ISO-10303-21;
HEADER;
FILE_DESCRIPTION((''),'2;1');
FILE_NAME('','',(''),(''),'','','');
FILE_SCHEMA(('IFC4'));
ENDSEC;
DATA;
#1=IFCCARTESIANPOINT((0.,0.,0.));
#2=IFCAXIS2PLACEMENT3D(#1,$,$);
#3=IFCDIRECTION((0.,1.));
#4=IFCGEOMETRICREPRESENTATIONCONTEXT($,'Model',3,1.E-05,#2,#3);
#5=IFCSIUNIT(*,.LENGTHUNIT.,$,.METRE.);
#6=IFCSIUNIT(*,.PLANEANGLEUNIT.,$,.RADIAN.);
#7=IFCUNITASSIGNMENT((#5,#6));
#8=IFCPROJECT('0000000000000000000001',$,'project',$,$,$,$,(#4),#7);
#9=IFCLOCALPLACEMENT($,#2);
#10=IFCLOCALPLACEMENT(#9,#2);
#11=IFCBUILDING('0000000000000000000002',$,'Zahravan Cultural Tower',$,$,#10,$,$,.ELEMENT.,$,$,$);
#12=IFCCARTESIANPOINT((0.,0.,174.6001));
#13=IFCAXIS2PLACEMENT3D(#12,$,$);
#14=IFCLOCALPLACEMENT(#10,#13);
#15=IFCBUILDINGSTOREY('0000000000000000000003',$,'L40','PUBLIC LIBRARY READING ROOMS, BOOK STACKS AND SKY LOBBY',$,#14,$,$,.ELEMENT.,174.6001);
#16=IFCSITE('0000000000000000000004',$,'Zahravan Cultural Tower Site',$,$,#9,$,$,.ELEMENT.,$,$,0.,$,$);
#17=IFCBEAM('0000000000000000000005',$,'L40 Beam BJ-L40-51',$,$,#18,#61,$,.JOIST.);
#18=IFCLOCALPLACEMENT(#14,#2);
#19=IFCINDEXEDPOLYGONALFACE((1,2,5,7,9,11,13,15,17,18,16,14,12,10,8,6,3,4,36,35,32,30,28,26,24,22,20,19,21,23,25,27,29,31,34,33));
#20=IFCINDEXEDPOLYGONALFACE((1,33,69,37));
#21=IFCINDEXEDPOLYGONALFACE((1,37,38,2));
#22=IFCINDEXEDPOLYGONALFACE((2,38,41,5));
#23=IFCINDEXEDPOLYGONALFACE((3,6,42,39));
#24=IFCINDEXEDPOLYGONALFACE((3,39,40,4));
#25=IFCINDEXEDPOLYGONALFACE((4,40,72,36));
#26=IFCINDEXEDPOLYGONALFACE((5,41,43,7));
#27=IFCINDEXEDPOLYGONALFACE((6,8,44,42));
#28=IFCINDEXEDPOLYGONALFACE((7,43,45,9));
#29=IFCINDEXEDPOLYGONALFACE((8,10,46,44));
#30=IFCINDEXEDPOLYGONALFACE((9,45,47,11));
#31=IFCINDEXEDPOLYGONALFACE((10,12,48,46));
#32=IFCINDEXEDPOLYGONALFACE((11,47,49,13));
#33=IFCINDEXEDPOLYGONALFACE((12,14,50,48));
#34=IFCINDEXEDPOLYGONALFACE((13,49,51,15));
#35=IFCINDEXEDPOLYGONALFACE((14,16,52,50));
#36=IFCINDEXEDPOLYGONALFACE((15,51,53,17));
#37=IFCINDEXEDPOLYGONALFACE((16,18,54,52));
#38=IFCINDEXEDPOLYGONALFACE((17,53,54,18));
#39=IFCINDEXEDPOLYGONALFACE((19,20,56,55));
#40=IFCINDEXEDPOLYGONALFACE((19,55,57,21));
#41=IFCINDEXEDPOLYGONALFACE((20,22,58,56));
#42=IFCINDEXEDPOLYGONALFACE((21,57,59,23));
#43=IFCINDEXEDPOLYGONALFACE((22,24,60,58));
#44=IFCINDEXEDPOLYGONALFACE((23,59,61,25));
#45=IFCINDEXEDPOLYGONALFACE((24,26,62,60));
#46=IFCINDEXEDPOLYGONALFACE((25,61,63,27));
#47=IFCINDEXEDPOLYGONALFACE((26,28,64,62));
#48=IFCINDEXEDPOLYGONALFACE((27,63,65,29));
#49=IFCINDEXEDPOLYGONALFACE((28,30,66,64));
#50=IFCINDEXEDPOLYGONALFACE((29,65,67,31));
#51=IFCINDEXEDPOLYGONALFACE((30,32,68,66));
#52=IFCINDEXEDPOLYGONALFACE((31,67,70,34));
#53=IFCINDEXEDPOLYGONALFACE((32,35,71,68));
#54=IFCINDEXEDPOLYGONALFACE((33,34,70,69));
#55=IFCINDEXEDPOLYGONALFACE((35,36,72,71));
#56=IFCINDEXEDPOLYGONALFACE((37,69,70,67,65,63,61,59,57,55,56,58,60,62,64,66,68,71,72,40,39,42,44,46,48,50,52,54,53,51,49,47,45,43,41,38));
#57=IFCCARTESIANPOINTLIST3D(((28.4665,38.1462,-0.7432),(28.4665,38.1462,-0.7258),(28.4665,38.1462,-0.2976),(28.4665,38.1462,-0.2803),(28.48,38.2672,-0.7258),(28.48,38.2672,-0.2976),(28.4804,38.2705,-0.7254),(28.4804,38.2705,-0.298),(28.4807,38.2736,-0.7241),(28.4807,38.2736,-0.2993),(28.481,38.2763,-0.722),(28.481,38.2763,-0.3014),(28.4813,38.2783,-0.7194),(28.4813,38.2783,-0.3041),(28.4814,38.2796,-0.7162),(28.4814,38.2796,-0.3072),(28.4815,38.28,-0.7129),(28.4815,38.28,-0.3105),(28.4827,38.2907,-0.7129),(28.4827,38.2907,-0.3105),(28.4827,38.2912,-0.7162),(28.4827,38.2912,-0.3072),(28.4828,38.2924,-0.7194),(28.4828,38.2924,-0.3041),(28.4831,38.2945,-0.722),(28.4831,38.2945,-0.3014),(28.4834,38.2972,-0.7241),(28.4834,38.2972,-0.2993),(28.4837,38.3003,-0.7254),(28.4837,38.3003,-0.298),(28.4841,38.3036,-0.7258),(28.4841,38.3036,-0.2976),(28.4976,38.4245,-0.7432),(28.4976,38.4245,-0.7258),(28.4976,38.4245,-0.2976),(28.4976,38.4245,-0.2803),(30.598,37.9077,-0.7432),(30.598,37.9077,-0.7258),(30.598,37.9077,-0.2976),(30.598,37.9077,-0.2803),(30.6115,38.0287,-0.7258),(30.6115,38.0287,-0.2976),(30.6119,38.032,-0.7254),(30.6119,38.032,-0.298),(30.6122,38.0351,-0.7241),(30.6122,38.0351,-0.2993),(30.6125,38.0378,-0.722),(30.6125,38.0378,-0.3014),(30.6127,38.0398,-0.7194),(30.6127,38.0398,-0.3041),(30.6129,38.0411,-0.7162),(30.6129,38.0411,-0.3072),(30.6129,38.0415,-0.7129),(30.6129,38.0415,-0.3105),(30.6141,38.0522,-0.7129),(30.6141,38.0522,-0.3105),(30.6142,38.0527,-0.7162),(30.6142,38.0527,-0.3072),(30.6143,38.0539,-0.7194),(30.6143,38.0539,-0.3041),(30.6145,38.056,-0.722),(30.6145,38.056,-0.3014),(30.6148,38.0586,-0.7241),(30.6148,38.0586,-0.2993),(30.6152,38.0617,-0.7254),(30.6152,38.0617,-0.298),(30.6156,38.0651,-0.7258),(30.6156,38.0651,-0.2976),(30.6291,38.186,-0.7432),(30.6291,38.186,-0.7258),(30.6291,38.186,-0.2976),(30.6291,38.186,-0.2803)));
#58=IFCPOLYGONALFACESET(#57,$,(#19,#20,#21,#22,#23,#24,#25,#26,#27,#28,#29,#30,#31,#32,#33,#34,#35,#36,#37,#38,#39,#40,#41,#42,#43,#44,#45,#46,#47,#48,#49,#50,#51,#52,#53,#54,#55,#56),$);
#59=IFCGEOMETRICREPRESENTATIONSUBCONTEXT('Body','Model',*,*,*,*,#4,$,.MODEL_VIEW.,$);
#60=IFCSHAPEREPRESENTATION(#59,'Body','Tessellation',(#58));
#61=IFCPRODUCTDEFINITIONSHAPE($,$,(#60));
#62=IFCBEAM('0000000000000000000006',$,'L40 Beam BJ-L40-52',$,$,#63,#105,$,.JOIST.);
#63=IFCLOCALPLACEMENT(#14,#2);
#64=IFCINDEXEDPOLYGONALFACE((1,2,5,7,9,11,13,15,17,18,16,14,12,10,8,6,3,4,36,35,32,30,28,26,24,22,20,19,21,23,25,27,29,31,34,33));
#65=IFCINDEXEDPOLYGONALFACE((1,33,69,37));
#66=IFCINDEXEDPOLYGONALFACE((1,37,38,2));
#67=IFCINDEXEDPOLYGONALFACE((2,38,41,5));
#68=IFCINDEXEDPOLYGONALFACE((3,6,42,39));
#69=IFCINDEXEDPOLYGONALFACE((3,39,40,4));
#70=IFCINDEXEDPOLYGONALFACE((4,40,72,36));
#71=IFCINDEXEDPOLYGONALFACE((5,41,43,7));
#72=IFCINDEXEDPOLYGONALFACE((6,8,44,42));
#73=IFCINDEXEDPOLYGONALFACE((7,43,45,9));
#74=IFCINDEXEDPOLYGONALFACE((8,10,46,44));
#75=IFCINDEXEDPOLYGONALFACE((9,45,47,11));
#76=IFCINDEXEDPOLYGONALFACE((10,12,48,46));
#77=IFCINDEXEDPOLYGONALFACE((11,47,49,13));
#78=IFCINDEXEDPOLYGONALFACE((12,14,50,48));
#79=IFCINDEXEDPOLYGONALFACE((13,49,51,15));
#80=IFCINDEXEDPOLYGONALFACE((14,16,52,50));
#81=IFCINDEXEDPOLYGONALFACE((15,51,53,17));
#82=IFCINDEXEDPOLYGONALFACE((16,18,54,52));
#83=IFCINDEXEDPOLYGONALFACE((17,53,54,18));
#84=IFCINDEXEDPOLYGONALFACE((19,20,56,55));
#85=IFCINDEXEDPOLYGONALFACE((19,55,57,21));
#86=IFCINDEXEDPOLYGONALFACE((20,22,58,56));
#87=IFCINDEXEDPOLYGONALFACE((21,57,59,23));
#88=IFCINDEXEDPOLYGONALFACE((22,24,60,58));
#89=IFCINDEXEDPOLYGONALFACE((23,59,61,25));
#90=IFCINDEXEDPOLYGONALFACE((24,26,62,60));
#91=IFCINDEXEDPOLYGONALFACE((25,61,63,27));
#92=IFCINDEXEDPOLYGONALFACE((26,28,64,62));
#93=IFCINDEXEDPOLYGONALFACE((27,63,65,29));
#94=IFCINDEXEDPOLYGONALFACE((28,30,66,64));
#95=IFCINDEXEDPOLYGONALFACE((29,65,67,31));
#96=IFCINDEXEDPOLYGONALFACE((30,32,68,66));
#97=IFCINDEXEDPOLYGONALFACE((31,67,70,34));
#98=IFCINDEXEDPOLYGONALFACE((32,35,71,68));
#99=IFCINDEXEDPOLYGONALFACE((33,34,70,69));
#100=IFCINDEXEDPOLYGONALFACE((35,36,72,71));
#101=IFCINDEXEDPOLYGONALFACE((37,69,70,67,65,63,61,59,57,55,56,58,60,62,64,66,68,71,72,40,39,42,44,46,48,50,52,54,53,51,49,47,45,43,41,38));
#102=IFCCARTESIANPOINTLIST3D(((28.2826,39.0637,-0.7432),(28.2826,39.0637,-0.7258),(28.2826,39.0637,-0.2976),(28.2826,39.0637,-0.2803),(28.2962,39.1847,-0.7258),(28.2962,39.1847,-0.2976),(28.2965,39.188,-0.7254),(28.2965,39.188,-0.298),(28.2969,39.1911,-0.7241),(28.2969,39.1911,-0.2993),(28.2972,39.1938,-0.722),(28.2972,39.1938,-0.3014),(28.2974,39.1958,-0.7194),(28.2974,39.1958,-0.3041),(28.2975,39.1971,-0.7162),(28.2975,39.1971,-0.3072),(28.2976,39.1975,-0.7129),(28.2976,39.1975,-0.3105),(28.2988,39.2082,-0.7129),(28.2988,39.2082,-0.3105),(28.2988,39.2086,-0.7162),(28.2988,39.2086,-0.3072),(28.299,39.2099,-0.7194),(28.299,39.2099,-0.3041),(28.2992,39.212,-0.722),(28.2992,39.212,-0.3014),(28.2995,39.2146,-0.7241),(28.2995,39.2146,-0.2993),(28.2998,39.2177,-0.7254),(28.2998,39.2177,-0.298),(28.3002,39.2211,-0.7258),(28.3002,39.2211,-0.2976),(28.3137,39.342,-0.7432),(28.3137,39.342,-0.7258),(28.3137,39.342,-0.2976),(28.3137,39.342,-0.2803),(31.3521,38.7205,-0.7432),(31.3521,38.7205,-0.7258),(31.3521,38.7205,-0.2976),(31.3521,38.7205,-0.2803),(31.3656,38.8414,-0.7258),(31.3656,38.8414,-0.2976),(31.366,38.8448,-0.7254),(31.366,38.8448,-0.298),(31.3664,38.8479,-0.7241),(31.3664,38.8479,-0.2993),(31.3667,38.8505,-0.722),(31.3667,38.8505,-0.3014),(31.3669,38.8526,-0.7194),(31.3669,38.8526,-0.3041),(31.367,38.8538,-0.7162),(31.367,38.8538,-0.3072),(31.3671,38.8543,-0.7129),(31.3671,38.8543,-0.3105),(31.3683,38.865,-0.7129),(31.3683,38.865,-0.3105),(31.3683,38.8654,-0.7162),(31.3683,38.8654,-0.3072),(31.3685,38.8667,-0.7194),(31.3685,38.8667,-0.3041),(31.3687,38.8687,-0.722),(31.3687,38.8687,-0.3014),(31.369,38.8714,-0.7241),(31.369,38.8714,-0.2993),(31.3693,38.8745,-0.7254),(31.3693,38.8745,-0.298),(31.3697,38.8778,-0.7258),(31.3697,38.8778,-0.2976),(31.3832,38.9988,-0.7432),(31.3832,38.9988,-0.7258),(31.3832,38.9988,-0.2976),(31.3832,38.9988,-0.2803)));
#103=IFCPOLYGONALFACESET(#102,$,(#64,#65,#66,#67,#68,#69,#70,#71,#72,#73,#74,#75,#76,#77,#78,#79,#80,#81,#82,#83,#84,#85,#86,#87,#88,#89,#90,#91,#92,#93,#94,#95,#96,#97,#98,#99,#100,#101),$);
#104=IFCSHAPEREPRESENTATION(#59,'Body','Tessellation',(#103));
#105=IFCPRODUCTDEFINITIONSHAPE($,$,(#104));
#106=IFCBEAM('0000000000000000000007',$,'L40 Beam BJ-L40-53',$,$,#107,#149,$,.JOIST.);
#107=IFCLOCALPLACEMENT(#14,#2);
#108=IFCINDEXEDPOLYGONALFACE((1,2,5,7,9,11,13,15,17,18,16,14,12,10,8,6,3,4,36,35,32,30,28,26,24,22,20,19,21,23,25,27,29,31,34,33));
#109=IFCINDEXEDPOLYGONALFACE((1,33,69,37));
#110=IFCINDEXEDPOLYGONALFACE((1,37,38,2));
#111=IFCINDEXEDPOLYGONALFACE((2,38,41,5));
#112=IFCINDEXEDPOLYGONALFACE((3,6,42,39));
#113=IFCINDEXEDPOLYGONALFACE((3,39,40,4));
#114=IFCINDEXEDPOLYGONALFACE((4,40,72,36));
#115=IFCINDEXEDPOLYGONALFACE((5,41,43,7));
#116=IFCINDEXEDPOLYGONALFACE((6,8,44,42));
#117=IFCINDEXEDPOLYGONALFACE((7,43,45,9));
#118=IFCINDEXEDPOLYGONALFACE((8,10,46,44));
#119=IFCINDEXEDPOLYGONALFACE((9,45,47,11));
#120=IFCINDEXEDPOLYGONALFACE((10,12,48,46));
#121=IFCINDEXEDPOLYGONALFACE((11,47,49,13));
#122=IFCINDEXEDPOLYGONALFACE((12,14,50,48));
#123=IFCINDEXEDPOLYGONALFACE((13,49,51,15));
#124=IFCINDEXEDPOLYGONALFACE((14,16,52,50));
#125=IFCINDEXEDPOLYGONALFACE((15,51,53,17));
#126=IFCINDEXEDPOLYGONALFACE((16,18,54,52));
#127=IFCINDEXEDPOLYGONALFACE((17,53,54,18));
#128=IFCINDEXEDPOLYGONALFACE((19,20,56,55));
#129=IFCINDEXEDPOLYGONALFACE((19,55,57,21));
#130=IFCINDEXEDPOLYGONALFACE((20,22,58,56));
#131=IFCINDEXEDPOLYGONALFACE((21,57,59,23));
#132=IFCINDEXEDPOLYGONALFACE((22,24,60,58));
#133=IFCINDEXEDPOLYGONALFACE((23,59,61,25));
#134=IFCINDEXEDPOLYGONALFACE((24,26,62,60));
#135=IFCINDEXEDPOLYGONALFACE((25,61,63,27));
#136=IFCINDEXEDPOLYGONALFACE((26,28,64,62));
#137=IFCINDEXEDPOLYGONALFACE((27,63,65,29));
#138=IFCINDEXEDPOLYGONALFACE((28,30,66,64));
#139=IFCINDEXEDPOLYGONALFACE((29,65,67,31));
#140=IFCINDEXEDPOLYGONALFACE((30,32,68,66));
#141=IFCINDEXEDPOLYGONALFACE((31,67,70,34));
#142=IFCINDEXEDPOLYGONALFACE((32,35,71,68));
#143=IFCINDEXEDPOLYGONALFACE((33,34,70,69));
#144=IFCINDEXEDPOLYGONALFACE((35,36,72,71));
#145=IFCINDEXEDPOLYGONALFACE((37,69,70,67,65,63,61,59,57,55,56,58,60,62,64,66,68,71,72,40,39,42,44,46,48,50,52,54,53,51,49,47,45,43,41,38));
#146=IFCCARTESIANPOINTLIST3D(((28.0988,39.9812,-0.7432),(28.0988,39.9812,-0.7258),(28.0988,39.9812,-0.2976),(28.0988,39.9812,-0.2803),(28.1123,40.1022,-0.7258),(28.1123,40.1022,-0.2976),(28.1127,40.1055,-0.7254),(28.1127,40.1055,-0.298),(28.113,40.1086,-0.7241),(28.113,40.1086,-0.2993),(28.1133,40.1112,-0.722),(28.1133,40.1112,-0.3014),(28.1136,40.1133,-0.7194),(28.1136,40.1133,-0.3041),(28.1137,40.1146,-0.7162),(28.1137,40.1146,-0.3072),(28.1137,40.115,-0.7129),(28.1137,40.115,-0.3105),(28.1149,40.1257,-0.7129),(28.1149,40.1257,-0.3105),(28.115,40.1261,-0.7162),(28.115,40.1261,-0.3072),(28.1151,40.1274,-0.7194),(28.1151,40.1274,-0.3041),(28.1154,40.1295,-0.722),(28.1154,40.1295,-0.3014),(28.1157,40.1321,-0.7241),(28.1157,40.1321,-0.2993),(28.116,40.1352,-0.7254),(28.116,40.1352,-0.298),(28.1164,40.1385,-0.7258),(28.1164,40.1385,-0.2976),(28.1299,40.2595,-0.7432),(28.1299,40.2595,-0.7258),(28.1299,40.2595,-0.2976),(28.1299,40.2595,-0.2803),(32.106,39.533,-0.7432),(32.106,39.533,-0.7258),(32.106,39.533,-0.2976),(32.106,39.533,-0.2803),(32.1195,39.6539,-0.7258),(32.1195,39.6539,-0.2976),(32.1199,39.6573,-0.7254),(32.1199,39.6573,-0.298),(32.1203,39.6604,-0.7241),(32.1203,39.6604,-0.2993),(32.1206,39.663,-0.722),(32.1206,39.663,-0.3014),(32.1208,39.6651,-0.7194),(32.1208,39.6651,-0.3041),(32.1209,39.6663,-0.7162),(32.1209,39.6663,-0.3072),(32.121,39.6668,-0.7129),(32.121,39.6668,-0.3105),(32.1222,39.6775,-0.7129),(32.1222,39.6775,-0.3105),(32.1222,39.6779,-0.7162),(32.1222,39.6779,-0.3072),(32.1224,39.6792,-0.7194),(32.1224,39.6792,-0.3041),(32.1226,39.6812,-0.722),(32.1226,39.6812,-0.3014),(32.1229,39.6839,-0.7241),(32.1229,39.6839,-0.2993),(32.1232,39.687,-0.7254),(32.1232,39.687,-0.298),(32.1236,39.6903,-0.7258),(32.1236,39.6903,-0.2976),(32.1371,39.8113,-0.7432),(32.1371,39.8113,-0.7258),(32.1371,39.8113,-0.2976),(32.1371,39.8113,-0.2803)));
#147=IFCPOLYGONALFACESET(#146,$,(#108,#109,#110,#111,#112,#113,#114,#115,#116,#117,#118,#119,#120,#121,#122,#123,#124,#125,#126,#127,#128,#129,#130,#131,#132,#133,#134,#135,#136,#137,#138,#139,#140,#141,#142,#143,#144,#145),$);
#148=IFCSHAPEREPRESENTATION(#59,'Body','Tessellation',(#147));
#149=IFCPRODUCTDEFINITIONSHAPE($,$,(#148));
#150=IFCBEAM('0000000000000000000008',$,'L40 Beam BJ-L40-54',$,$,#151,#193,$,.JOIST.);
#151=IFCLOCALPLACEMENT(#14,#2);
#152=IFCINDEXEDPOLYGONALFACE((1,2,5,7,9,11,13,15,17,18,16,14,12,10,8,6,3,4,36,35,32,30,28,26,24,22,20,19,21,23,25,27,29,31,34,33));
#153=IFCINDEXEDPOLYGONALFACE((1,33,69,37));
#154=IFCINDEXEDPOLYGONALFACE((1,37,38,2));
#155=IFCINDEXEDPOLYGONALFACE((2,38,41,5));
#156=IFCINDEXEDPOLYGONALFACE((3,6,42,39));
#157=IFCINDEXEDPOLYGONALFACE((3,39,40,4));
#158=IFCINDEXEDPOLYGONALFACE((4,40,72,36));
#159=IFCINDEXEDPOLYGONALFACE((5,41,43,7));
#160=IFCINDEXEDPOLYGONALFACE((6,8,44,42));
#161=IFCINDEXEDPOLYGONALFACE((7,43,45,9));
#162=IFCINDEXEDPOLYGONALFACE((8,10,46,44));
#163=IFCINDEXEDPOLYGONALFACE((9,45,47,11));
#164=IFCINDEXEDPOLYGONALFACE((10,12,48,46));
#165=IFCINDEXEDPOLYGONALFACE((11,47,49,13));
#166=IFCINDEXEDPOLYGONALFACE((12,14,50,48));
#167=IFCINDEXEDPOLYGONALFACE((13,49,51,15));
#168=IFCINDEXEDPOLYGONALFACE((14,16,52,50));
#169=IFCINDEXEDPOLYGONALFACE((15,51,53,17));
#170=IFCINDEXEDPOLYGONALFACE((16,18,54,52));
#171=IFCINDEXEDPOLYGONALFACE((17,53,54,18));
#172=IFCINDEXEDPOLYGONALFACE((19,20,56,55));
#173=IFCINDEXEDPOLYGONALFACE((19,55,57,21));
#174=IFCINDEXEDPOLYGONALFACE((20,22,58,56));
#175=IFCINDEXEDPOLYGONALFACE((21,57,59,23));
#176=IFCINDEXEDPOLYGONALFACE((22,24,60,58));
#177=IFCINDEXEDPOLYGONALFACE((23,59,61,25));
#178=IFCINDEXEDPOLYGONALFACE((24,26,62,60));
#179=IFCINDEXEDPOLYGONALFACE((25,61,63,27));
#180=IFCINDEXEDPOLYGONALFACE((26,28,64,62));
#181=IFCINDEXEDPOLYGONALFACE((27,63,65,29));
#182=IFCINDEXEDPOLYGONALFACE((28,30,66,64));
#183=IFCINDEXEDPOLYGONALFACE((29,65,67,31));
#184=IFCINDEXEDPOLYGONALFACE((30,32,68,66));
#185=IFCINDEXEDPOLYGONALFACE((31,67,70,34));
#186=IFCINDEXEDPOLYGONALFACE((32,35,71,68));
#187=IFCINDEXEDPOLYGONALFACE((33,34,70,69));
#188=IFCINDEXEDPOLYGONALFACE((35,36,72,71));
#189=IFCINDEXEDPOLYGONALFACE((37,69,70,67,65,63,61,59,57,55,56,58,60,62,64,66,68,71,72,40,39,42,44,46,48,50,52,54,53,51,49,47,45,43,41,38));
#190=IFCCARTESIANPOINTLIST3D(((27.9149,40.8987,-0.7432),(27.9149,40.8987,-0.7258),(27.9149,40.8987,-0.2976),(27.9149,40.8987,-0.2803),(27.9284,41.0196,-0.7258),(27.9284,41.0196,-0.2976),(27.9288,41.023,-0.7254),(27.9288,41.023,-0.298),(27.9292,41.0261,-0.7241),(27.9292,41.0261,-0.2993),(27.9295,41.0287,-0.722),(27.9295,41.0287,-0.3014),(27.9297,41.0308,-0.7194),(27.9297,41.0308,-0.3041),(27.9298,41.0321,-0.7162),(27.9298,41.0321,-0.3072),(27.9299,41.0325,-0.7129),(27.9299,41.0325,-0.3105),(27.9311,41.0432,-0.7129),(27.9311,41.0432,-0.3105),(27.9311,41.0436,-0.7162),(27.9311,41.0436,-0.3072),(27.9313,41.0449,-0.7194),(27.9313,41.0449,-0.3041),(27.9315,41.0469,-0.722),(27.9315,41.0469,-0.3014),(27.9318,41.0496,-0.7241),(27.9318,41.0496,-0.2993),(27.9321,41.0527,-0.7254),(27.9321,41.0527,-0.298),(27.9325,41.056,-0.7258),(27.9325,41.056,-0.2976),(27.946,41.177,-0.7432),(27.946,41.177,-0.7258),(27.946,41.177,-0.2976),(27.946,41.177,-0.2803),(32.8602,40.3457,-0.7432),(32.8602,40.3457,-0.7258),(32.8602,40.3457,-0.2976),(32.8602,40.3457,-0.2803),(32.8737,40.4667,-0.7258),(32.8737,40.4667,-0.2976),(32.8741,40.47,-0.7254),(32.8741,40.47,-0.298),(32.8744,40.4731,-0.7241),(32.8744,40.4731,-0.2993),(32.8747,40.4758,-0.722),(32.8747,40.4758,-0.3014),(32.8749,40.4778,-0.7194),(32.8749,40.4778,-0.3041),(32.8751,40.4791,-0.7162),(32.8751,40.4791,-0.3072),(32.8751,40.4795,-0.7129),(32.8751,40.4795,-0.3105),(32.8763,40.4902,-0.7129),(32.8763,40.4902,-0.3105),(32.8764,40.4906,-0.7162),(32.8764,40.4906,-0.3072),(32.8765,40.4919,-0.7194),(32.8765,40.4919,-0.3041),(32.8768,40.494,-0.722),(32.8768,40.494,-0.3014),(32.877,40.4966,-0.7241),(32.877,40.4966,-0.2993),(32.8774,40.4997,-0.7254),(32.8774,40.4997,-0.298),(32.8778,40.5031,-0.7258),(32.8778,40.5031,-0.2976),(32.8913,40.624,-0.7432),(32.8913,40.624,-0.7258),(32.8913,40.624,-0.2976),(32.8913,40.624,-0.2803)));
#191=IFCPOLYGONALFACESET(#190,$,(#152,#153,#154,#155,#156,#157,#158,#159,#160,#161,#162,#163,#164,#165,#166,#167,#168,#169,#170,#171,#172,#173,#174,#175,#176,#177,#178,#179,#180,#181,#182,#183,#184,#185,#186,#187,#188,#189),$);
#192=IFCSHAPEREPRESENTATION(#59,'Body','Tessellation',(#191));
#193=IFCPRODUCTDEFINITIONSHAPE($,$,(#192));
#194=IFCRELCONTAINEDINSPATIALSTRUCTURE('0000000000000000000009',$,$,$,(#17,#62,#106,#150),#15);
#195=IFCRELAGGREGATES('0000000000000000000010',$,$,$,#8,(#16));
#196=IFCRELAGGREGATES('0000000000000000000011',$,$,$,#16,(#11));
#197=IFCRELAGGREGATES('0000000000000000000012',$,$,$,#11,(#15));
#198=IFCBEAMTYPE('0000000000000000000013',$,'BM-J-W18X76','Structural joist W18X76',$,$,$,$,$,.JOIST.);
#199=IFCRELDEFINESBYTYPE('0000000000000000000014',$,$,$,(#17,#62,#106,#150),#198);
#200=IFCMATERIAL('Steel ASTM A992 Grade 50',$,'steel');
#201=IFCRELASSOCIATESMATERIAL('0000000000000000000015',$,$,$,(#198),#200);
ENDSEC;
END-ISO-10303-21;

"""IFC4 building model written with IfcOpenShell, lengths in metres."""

from ifc_helpers import new_model, si_unit, direction, frame, origin, origin_2d, place, context, subcontext, project, spatial, i_section, extrude, source, transform, mapped, material, material_profile, profile_set, type_object, element, save


model = new_model("IFC4")

# Units and contexts
model_context = context("Model", 3, precision=1e-05, world=origin(), true_north=direction((0.0, 1.0)))
body_context = subcontext(model_context, "Body", "Model", "MODEL_VIEW")
ifc_project = project(units=[si_unit("LENGTHUNIT", "METRE"), si_unit("PLANEANGLEUNIT", "RADIAN")], contexts=[model_context])

# Site, building, storey
site_placement = place(None, origin())
site = spatial("IfcSite", under=ifc_project, at=site_placement, Name="Zahravan Cultural Tower Site", CompositionType="ELEMENT", RefElevation=0.0)
building_placement = place(site_placement, origin())
building = spatial("IfcBuilding", under=site, at=building_placement, Name="Zahravan Cultural Tower", CompositionType="ELEMENT")
storey_placement = place(building_placement, frame((0.0, 0.0, 174.6001)))
storey = spatial("IfcBuildingStorey", under=building, at=storey_placement, Name="L40", Description="PUBLIC LIBRARY READING ROOMS, BOOK STACKS AND SKY LOBBY", CompositionType="ELEMENT", Elevation=174.6001)

# Shared definitions
ifc_material_1 = material(Name="Steel ASTM A992 Grade 50", Category="steel")

# Beams
ifc_material_profile_1 = material_profile(ifc_material_1, i_section(OverallWidth=0.28, OverallDepth=0.4629, WebThickness=0.0107, FlangeThickness=0.0173, FilletRadius=0.0129, at=origin_2d()), Name="W18X76")
ifc_profile_set_1 = profile_set([ifc_material_profile_1], Name="Steel ASTM A992 Grade 50")
beam_type_1 = type_object("IfcBeamType", Name="BM-J-W18X76", Description="Structural joist W18X76", PredefinedType="JOIST", material=ifc_profile_set_1)
shared_shape_1 = source(origin(), body_context, "Body", "SweptSolid", [
    extrude(i_section(OverallWidth=0.28, OverallDepth=0.4629, WebThickness=0.0107, FlangeThickness=0.0173, FilletRadius=0.0129, at=origin_2d()), origin(), (0.0, 0.0, 1.0), 2.1448),
])
beam_1_placement = place(storey_placement, frame((30.6135, 38.0469, -0.5117), z_axis=(-0.993797, 0.111206, 0.0), x_axis=(-0.111206, -0.993797, 0.0)))
element("IfcBeam", 1, at=beam_1_placement, inside=storey, type_object=beam_type_1, Name="L40 Beam BJ-L40-51", PredefinedType="JOIST", context=body_context, shape_type="MappedRepresentation", body=[
    mapped(shared_shape_1, transform((0.0, 0.0, 0.0), x_axis=(1.0, 0.0, 0.0), y_axis=(0.0, 1.0, 0.0), z_axis=(0.0, 0.0, 1.0), scale=1.0)),
])
shared_shape_2 = source(origin(), body_context, "Body", "SweptSolid", [
    extrude(i_section(OverallWidth=0.28, OverallDepth=0.4629, WebThickness=0.0107, FlangeThickness=0.0173, FilletRadius=0.0129, at=origin_2d()), origin(), (0.0, 0.0, 1.0), 3.0886),
])
beam_2_placement = place(storey_placement, frame((31.3677, 38.8596, -0.5117), z_axis=(-0.993805, 0.111134, 0.0), x_axis=(-0.111134, -0.993805, 0.0)))
element("IfcBeam", 2, at=beam_2_placement, inside=storey, type_object=beam_type_1, Name="L40 Beam BJ-L40-52", PredefinedType="JOIST", context=body_context, shape_type="MappedRepresentation", body=[
    mapped(shared_shape_2, transform((0.0, 0.0, 0.0), x_axis=(1.0, 0.0, 0.0), y_axis=(0.0, 1.0, 0.0), z_axis=(0.0, 0.0, 1.0), scale=1.0)),
])
shared_shape_3 = source(origin(), body_context, "Body", "SweptSolid", [
    extrude(i_section(OverallWidth=0.28, OverallDepth=0.4629, WebThickness=0.0107, FlangeThickness=0.0173, FilletRadius=0.0129, at=origin_2d()), origin(), (0.0, 0.0, 1.0), 4.0322),
])
beam_3_placement = place(storey_placement, frame((32.1216, 39.6721, -0.5117), z_axis=(-0.993802, 0.111162, 0.0), x_axis=(-0.111162, -0.993802, 0.0)))
element("IfcBeam", 3, at=beam_3_placement, inside=storey, type_object=beam_type_1, Name="L40 Beam BJ-L40-53", PredefinedType="JOIST", context=body_context, shape_type="MappedRepresentation", body=[
    mapped(shared_shape_3, transform((0.0, 0.0, 0.0), x_axis=(1.0, 0.0, 0.0), y_axis=(0.0, 1.0, 0.0), z_axis=(0.0, 0.0, 1.0), scale=1.0)),
])
shared_shape_4 = source(origin(), body_context, "Body", "SweptSolid", [
    extrude(i_section(OverallWidth=0.28, OverallDepth=0.4629, WebThickness=0.0107, FlangeThickness=0.0173, FilletRadius=0.0129, at=origin_2d()), origin(), (0.0, 0.0, 1.0), 4.9761),
])
beam_4_placement = place(storey_placement, frame((32.8757, 40.4849, -0.5117), z_axis=(-0.993806, 0.111126, 0.0), x_axis=(-0.111126, -0.993806, 0.0)))
element("IfcBeam", 4, at=beam_4_placement, inside=storey, type_object=beam_type_1, Name="L40 Beam BJ-L40-54", PredefinedType="JOIST", context=body_context, shape_type="MappedRepresentation", body=[
    mapped(shared_shape_4, transform((0.0, 0.0, 0.0), x_axis=(1.0, 0.0, 0.0), y_axis=(0.0, 1.0, 0.0), z_axis=(0.0, 0.0, 1.0), scale=1.0)),
])

save(model, "model.ifc")
